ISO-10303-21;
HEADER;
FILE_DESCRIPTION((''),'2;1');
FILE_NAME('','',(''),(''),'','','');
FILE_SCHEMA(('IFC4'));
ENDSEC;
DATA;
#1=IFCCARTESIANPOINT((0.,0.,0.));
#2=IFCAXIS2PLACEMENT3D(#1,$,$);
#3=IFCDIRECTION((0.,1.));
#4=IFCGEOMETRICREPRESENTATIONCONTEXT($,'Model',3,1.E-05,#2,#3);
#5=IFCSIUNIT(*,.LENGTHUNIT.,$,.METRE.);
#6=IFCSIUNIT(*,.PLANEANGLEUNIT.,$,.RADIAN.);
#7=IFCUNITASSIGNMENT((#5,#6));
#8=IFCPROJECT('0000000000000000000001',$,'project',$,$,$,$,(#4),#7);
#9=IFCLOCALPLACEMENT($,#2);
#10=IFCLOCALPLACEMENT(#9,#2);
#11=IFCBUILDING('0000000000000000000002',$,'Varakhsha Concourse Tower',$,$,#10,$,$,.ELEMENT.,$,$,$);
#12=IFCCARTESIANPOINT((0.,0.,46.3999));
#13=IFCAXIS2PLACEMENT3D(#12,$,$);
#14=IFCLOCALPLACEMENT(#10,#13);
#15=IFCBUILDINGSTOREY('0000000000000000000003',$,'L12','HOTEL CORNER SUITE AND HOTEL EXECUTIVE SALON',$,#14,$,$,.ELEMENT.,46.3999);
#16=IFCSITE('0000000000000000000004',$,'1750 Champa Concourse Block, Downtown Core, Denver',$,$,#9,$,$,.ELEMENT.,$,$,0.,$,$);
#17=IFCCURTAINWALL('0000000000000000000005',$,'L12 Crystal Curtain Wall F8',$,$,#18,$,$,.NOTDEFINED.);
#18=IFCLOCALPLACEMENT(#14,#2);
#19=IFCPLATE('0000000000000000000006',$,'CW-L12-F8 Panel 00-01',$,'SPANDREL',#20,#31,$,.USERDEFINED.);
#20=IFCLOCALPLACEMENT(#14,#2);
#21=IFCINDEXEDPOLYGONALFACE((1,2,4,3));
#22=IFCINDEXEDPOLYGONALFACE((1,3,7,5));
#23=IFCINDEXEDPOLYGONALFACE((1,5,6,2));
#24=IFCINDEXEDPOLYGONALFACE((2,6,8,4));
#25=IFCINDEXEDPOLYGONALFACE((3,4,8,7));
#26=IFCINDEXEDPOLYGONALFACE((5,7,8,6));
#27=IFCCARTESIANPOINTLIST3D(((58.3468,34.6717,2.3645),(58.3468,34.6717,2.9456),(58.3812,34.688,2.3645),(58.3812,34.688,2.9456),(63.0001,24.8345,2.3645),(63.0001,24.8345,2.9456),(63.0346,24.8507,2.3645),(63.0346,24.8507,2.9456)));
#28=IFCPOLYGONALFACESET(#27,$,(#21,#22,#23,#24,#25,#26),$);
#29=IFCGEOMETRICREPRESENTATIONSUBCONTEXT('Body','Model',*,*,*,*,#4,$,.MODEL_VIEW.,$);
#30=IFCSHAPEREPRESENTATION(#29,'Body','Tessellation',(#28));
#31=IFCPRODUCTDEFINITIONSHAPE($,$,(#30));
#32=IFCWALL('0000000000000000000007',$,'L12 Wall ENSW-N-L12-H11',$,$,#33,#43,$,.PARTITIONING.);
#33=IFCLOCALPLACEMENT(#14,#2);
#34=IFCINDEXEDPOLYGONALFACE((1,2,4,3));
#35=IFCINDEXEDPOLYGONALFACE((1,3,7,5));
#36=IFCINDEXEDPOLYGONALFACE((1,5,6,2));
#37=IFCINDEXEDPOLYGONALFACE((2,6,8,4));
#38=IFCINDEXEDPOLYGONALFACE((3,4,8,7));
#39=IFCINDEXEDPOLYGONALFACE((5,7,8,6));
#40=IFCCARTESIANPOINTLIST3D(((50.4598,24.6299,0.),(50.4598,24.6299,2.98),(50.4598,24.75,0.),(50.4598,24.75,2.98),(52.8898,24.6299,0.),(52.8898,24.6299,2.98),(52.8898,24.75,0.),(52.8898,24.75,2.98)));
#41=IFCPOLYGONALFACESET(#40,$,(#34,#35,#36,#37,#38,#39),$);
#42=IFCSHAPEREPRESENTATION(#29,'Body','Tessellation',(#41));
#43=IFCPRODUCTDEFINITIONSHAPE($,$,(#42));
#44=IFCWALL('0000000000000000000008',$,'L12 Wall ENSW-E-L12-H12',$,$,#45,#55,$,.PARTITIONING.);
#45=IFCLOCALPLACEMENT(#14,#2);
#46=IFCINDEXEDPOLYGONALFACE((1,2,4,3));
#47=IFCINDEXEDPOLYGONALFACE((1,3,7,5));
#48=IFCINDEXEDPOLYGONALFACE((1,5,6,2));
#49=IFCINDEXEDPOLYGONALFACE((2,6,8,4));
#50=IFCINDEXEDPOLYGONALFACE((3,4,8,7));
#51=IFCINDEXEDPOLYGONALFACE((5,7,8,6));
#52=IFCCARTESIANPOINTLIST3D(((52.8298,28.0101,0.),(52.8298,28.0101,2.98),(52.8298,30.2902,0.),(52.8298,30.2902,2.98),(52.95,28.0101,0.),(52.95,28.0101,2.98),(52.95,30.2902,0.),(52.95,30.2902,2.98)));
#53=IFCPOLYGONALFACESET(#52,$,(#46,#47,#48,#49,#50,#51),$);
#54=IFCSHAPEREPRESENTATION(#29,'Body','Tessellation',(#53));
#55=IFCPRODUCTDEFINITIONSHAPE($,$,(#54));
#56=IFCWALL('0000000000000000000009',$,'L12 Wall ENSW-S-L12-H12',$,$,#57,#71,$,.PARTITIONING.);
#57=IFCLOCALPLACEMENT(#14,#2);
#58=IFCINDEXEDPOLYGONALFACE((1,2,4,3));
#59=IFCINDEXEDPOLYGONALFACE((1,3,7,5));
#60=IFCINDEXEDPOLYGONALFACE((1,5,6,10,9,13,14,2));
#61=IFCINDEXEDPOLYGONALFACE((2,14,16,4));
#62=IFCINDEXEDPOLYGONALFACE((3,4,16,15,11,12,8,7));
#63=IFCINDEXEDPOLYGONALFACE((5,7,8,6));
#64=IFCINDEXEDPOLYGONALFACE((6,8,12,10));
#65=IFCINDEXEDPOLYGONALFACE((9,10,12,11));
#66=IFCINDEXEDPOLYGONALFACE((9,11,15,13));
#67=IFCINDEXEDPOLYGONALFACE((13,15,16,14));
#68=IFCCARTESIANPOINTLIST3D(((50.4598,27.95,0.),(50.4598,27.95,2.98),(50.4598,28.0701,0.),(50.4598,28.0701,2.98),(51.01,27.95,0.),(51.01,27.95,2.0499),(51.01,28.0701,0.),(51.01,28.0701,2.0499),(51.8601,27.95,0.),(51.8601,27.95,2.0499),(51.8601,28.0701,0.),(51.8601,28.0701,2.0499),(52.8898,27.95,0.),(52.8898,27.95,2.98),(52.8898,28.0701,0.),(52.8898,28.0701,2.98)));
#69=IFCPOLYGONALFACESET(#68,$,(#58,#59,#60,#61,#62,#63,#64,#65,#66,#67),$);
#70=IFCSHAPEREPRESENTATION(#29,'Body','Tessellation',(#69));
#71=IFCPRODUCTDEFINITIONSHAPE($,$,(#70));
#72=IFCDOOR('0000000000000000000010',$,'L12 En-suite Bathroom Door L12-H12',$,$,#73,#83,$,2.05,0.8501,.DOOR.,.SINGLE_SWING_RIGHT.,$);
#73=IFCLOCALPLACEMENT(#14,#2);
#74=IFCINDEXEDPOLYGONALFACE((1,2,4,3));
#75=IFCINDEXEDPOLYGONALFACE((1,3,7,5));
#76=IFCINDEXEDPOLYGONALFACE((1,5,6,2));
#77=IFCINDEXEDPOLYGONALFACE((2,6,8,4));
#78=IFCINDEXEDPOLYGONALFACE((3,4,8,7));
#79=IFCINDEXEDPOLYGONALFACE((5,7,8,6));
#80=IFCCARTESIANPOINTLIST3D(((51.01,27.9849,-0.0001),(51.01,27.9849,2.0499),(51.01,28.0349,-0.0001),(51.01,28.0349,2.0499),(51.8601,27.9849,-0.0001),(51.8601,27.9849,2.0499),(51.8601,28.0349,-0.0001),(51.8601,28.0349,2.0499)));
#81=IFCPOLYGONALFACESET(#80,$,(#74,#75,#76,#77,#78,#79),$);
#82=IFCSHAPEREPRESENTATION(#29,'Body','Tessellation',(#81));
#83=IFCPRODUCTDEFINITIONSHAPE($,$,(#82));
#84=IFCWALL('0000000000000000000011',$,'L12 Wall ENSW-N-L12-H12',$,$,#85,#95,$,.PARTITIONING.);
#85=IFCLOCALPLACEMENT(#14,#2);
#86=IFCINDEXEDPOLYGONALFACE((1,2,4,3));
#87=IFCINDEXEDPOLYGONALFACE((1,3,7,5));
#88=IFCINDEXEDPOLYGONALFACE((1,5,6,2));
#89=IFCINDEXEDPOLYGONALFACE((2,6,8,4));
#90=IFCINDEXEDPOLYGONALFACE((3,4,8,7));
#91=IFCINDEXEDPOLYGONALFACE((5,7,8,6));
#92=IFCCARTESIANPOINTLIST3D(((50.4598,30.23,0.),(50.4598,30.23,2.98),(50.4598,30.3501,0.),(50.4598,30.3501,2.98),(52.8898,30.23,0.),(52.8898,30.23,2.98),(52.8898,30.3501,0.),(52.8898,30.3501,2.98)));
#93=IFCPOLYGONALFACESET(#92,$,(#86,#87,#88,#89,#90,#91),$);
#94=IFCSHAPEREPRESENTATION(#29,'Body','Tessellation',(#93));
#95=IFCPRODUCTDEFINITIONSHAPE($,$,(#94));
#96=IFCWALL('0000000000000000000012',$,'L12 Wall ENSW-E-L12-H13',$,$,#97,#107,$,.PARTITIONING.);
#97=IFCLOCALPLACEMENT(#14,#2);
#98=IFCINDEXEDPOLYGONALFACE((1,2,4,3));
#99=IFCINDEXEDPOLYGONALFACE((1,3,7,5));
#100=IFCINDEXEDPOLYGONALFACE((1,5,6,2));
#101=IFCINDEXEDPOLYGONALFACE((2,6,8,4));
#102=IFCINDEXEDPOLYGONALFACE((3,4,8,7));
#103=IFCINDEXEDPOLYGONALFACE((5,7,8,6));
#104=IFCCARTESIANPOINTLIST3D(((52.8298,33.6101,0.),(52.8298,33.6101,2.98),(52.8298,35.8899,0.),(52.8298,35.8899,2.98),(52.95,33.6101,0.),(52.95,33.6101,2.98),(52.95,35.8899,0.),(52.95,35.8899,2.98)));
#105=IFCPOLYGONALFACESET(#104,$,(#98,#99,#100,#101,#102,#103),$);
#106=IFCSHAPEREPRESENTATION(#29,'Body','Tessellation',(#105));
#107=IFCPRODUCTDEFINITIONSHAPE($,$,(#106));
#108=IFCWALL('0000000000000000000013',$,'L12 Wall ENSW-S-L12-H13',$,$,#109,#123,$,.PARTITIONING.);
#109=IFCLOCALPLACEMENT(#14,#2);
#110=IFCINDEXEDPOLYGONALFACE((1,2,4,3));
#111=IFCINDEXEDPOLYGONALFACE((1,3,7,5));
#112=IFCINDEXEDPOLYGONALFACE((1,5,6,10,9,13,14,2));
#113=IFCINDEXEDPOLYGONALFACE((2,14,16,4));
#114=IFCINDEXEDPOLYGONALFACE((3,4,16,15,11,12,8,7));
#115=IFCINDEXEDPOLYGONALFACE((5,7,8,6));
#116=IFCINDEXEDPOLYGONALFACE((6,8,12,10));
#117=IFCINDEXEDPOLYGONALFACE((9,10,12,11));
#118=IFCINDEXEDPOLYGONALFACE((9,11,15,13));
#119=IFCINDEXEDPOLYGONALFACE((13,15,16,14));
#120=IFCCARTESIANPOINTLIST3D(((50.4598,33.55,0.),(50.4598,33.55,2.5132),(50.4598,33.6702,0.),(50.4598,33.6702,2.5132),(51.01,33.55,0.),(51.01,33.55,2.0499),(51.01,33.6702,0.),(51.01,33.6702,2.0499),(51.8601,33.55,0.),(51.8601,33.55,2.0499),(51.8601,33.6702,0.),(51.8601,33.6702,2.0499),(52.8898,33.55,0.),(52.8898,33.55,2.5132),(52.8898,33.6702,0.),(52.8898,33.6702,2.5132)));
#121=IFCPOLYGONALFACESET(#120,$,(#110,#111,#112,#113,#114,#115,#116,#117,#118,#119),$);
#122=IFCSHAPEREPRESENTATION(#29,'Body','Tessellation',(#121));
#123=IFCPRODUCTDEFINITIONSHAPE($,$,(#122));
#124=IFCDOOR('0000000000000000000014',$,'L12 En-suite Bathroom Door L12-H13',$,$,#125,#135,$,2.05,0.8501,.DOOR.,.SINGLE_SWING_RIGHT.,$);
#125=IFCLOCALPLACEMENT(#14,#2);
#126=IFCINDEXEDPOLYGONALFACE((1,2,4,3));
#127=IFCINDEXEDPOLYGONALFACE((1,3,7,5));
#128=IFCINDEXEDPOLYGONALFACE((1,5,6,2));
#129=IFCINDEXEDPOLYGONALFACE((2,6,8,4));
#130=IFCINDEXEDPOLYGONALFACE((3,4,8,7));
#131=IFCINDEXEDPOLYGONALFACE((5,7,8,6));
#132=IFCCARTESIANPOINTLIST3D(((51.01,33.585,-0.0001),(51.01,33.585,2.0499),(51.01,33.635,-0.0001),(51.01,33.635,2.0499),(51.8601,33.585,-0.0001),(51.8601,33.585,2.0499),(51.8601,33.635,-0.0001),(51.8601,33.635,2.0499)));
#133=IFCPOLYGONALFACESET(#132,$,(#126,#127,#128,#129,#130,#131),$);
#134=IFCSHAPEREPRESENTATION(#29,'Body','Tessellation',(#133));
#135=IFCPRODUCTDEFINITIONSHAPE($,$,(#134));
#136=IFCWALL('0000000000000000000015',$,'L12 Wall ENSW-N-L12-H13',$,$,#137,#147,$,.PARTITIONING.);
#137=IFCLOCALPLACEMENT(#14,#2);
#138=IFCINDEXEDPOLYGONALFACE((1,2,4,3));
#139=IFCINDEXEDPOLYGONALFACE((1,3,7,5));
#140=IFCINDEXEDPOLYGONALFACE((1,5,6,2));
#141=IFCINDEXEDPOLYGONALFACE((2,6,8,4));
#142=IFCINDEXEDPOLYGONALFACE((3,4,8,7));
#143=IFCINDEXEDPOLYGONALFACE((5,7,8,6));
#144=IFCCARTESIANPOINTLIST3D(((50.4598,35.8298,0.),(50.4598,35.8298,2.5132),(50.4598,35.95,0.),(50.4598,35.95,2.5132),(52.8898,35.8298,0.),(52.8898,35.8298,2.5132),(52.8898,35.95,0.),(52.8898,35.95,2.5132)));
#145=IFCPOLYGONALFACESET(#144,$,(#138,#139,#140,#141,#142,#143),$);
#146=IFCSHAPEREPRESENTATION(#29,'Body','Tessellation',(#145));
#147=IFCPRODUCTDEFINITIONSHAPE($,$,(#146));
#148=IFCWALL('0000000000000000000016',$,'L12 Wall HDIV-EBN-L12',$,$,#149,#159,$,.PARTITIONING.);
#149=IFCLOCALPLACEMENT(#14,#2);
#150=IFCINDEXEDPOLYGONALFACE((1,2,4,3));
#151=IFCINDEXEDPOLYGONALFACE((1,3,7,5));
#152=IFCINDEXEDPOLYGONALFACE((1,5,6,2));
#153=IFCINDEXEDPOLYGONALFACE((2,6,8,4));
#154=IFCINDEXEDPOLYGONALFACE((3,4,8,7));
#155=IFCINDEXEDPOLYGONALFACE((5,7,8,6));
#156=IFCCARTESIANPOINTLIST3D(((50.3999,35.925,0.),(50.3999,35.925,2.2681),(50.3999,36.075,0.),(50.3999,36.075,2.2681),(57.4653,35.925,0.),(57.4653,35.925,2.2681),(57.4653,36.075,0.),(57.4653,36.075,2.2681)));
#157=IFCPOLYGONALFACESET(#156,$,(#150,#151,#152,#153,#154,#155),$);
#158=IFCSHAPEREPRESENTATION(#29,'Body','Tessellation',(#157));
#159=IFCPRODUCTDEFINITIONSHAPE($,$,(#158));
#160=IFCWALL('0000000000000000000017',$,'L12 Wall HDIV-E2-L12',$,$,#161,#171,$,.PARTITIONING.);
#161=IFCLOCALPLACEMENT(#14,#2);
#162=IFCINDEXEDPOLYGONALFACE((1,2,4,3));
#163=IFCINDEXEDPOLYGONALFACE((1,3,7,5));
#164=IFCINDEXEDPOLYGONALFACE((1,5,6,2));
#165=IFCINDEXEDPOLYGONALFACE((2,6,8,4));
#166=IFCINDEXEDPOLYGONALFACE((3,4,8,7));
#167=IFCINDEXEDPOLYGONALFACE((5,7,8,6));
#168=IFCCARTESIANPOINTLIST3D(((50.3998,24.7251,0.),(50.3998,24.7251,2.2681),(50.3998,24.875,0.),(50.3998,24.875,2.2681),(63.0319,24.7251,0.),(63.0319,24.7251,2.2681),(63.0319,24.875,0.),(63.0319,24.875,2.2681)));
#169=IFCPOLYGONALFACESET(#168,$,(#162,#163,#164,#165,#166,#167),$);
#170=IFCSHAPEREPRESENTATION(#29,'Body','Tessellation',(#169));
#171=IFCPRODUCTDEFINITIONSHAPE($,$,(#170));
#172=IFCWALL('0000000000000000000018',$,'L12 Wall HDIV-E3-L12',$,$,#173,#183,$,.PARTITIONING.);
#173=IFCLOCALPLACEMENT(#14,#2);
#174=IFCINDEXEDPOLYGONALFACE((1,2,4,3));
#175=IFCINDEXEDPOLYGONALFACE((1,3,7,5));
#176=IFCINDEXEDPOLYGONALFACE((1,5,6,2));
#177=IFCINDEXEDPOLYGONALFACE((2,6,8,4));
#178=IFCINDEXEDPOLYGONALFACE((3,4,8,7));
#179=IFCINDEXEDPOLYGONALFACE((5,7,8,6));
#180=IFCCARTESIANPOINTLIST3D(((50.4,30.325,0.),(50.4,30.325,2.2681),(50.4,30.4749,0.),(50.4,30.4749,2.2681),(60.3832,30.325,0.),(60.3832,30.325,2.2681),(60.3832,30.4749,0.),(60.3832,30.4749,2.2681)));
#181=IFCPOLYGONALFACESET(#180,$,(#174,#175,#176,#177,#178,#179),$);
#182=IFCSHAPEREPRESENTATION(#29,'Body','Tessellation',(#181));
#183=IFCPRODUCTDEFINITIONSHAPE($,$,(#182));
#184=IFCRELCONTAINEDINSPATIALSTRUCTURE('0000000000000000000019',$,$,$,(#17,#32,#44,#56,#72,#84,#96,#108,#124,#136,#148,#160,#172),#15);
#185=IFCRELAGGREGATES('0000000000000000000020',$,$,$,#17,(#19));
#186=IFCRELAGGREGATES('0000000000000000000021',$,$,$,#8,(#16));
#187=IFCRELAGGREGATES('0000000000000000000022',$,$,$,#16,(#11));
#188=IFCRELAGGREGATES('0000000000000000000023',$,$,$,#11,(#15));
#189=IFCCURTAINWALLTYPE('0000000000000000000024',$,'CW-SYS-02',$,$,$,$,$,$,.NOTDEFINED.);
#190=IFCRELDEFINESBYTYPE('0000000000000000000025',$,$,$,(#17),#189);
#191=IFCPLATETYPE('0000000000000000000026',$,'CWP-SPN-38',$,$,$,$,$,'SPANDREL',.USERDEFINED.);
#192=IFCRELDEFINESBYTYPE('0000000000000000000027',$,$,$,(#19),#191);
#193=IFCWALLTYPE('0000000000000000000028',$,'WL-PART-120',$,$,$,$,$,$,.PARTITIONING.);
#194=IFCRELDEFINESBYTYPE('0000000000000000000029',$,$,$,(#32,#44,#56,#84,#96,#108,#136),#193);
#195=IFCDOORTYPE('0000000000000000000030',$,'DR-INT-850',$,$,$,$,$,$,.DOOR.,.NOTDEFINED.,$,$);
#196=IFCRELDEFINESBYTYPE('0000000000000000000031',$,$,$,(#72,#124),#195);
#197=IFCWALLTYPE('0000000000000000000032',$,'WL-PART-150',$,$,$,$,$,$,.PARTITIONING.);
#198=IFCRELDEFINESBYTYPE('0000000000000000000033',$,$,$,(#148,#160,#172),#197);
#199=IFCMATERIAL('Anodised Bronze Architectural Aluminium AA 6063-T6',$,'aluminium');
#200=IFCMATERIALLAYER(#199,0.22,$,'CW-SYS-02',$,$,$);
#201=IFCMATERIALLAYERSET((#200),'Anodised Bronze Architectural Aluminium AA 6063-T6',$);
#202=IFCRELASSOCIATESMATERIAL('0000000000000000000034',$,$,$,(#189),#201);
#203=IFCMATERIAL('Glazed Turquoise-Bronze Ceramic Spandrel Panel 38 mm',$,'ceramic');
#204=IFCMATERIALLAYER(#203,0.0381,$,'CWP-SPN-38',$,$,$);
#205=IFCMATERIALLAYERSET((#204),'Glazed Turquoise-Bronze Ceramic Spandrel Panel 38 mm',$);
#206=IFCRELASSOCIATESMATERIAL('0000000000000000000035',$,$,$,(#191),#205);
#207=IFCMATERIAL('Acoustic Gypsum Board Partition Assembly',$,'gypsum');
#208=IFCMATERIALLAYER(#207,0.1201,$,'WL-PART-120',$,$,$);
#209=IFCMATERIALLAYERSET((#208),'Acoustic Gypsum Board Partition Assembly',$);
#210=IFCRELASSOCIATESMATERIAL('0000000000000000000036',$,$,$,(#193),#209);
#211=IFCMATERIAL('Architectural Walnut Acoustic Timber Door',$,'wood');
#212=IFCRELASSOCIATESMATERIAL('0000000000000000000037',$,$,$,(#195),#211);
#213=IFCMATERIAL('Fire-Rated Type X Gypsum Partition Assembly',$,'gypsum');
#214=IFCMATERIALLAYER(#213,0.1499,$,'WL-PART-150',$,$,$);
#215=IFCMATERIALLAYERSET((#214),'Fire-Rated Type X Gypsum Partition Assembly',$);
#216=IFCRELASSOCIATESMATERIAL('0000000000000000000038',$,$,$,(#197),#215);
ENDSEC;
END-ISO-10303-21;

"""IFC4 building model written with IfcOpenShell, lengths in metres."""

from ifc_helpers import new_model, si_unit, direction, frame, frame_2d, origin, origin_2d, place, context, subcontext, project, spatial, rectangle, extrude, source, transform, mapped, material, layer, layer_set, type_object, type_shapes, element, fill, aggregate, save


model = new_model("IFC4")

# Units and contexts
model_context = context("Model", 3, precision=1e-05, world=origin(), true_north=direction((0.0, 1.0)))
body_context = subcontext(model_context, "Body", "Model", "MODEL_VIEW")
ifc_project = project(units=[si_unit("LENGTHUNIT", "METRE"), si_unit("PLANEANGLEUNIT", "RADIAN")], contexts=[model_context])

# Site, building, storey
site_placement = place(None, origin())
site = spatial("IfcSite", under=ifc_project, at=site_placement, Name="1750 Champa Concourse Block, Downtown Core, Denver", CompositionType="ELEMENT", RefElevation=0.0)
building_placement = place(site_placement, origin())
building = spatial("IfcBuilding", under=site, at=building_placement, Name="Varakhsha Concourse Tower", CompositionType="ELEMENT")
storey_placement = place(building_placement, frame((0.0, 0.0, 46.3999)))
storey = spatial("IfcBuildingStorey", under=building, at=storey_placement, Name="L12", Description="HOTEL CORNER SUITE AND HOTEL EXECUTIVE SALON", CompositionType="ELEMENT", Elevation=46.3999)

# Curtain wall
ifc_material_1 = material(Name="Anodised Bronze Architectural Aluminium AA 6063-T6", Category="aluminium")
ifc_layer_1 = layer(ifc_material_1, 0.22, Name="CW-SYS-02")
ifc_layer_set_1 = layer_set([ifc_layer_1], Name="Anodised Bronze Architectural Aluminium AA 6063-T6")
curtain_wall_type = type_object("IfcCurtainWallType", Name="CW-SYS-02", PredefinedType="NOTDEFINED", material=ifc_layer_set_1)
curtain_wall_1_placement = place(storey_placement, origin())
curtain_wall_1 = element("IfcCurtainWall", 1, at=curtain_wall_1_placement, inside=storey, type_object=curtain_wall_type, Name="L12 Crystal Curtain Wall F8", PredefinedType="NOTDEFINED")

# Plate
ifc_material_2 = material(Name="Glazed Turquoise-Bronze Ceramic Spandrel Panel 38 mm", Category="ceramic")
ifc_layer_2 = layer(ifc_material_2, 0.0381, Name="CWP-SPN-38")
ifc_layer_set_2 = layer_set([ifc_layer_2], Name="Glazed Turquoise-Bronze Ceramic Spandrel Panel 38 mm")
plate_type_1 = type_object("IfcPlateType", Name="CWP-SPN-38", ElementType="SPANDREL", PredefinedType="USERDEFINED", material=ifc_layer_set_2)
shared_shape_1 = source(origin(), body_context, "Body", "SweptSolid", [
    extrude(rectangle(XDim=10.8823, YDim=0.0381, at=origin_2d()), origin(), (0.0, 0.0, 1.0), 0.5811),
])
type_shapes(plate_type_1, [shared_shape_1])
plate_1_placement = place(storey_placement, frame((60.6907, 29.7612, 2.3645), z_axis=(0.0, 0.0, 1.0), x_axis=(0.427604, -0.903966, 0.0)))
plate_1 = element("IfcPlate", 2, at=plate_1_placement, type_object=plate_type_1, Name="CW-L12-F8 Panel 00-01", ObjectType="SPANDREL", PredefinedType="USERDEFINED", context=body_context, shape_type="MappedRepresentation", body=[
    mapped(shared_shape_1, transform((0.0, 0.0, 0.0), scale=1.0)),
])
aggregate(curtain_wall_1, [plate_1])

# Walls
ifc_material_3 = material(Name="Acoustic Gypsum Board Partition Assembly", Category="gypsum")
ifc_layer_3 = layer(ifc_material_3, 0.1201, Name="WL-PART-120")
ifc_layer_set_3 = layer_set([ifc_layer_3], Name="Acoustic Gypsum Board Partition Assembly")
wall_type_1 = type_object("IfcWallType", Name="WL-PART-120", PredefinedType="PARTITIONING", material=ifc_layer_set_3)
wall_1_placement = place(storey_placement, frame((50.46, 24.6899, 0.0), z_axis=(0.0, 0.0, 1.0), x_axis=(1.0, 0.0, 0.0)))
element("IfcWall", 3, at=wall_1_placement, inside=storey, type_object=wall_type_1, Name="L12 Wall ENSW-N-L12-H11", PredefinedType="PARTITIONING", context=body_context, shape_type="SweptSolid", body=[
    extrude(rectangle(XDim=2.4299, YDim=0.1201, at=frame_2d((1.2148, 0.0))), origin(), (0.0, 0.0, 1.0), 2.98),
])
wall_2_placement = place(storey_placement, frame((52.8899, 28.01, 0.0), z_axis=(0.0, 0.0, 1.0), x_axis=(0.0, 1.0, 0.0)))
element("IfcWall", 4, at=wall_2_placement, inside=storey, type_object=wall_type_1, Name="L12 Wall ENSW-E-L12-H12", PredefinedType="PARTITIONING", context=body_context, shape_type="SweptSolid", body=[
    extrude(rectangle(XDim=2.28, YDim=0.1201, at=frame_2d((1.1401, 0.0))), origin(), (0.0, 0.0, 1.0), 2.98),
])

# Wall, opening, door
wall_3_placement = place(storey_placement, frame((50.46, 28.01, 0.0), z_axis=(0.0, 0.0, 1.0), x_axis=(1.0, 0.0, 0.0)))
wall_3 = element("IfcWall", 5, at=wall_3_placement, inside=storey, type_object=wall_type_1, Name="L12 Wall ENSW-S-L12-H12", PredefinedType="PARTITIONING", context=body_context, shape_type="SweptSolid", body=[
    extrude(rectangle(XDim=2.4299, YDim=0.1201, at=frame_2d((1.2148, 0.0))), origin(), (0.0, 0.0, 1.0), 2.98),
])
opening_1_placement = place(wall_3_placement, frame((0.55, 0.0, 0.0)))
opening_1 = element("IfcOpeningElement", 6, at=opening_1_placement, cuts=wall_3, PredefinedType="OPENING", context=body_context, shape_type="SweptSolid", body=[
    extrude(rectangle(XDim=0.8501, YDim=2.05, at=frame_2d((0.425, 1.0249))), frame((0.0, 0.0701, 0.0), z_axis=(0.0, -1.0, 0.0), x_axis=(1.0, 0.0, 0.0)), (0.0, 0.0, 1.0), 0.1401),
])
ifc_material_4 = material(Name="Architectural Walnut Acoustic Timber Door", Category="wood")
door_type = type_object("IfcDoorType", Name="DR-INT-850", OperationType="NOTDEFINED", PredefinedType="DOOR", material=ifc_material_4)
door_1_placement = place(opening_1_placement, origin())
door_1 = element("IfcDoor", 7, at=door_1_placement, inside=storey, type_object=door_type, Name="L12 En-suite Bathroom Door L12-H12", OperationType="SINGLE_SWING_RIGHT", OverallHeight=2.05, OverallWidth=0.8501, PredefinedType="DOOR", context=body_context, shape_type="SweptSolid", body=[
    extrude(rectangle(XDim=0.8501, YDim=2.05, at=frame_2d((0.425, 1.0249))), frame((0.0, 0.0249, 0.0), z_axis=(0.0, -1.0, 0.0), x_axis=(1.0, 0.0, 0.0)), (0.0, 0.0, 1.0), 0.05),
])
fill(opening_1, door_1)

# Walls
wall_4_placement = place(storey_placement, frame((50.46, 30.29, 0.0), z_axis=(0.0, 0.0, 1.0), x_axis=(1.0, 0.0, 0.0)))
element("IfcWall", 8, at=wall_4_placement, inside=storey, type_object=wall_type_1, Name="L12 Wall ENSW-N-L12-H12", PredefinedType="PARTITIONING", context=body_context, shape_type="SweptSolid", body=[
    extrude(rectangle(XDim=2.4299, YDim=0.1201, at=frame_2d((1.2148, 0.0))), origin(), (0.0, 0.0, 1.0), 2.98),
])
wall_5_placement = place(storey_placement, frame((52.8899, 33.6101, 0.0), z_axis=(0.0, 0.0, 1.0), x_axis=(0.0, 1.0, 0.0)))
element("IfcWall", 9, at=wall_5_placement, inside=storey, type_object=wall_type_1, Name="L12 Wall ENSW-E-L12-H13", PredefinedType="PARTITIONING", context=body_context, shape_type="SweptSolid", body=[
    extrude(rectangle(XDim=2.2798, YDim=0.1201, at=frame_2d((1.1399, 0.0))), origin(), (0.0, 0.0, 1.0), 2.98),
])

# Wall, opening, door
wall_6_placement = place(storey_placement, frame((50.46, 33.6101, 0.0), z_axis=(0.0, 0.0, 1.0), x_axis=(1.0, 0.0, 0.0)))
wall_6 = element("IfcWall", 10, at=wall_6_placement, inside=storey, type_object=wall_type_1, Name="L12 Wall ENSW-S-L12-H13", PredefinedType="PARTITIONING", context=body_context, shape_type="SweptSolid", body=[
    extrude(rectangle(XDim=2.4299, YDim=0.1201, at=frame_2d((1.2148, 0.0))), origin(), (0.0, 0.0, 1.0), 2.5132),
])
opening_2_placement = place(wall_6_placement, frame((0.55, 0.0, 0.0)))
opening_2 = element("IfcOpeningElement", 11, at=opening_2_placement, cuts=wall_6, PredefinedType="OPENING", context=body_context, shape_type="SweptSolid", body=[
    extrude(rectangle(XDim=0.8501, YDim=2.05, at=frame_2d((0.425, 1.0249))), frame((0.0, 0.0701, 0.0), z_axis=(0.0, -1.0, 0.0), x_axis=(1.0, 0.0, 0.0)), (0.0, 0.0, 1.0), 0.1401),
])
door_2_placement = place(opening_2_placement, origin())
door_2 = element("IfcDoor", 12, at=door_2_placement, inside=storey, type_object=door_type, Name="L12 En-suite Bathroom Door L12-H13", OperationType="SINGLE_SWING_RIGHT", OverallHeight=2.05, OverallWidth=0.8501, PredefinedType="DOOR", context=body_context, shape_type="SweptSolid", body=[
    extrude(rectangle(XDim=0.8501, YDim=2.05, at=frame_2d((0.425, 1.0249))), frame((0.0, 0.0249, 0.0), z_axis=(0.0, -1.0, 0.0), x_axis=(1.0, 0.0, 0.0)), (0.0, 0.0, 1.0), 0.05),
])
fill(opening_2, door_2)

# Walls
wall_7_placement = place(storey_placement, frame((50.46, 35.8899, 0.0), z_axis=(0.0, 0.0, 1.0), x_axis=(1.0, 0.0, 0.0)))
element("IfcWall", 13, at=wall_7_placement, inside=storey, type_object=wall_type_1, Name="L12 Wall ENSW-N-L12-H13", PredefinedType="PARTITIONING", context=body_context, shape_type="SweptSolid", body=[
    extrude(rectangle(XDim=2.4299, YDim=0.1201, at=frame_2d((1.2148, 0.0))), origin(), (0.0, 0.0, 1.0), 2.5132),
])
ifc_material_5 = material(Name="Fire-Rated Type X Gypsum Partition Assembly", Category="gypsum")
ifc_layer_4 = layer(ifc_material_5, 0.1499, Name="WL-PART-150")
ifc_layer_set_4 = layer_set([ifc_layer_4], Name="Fire-Rated Type X Gypsum Partition Assembly")
wall_type_2 = type_object("IfcWallType", Name="WL-PART-150", PredefinedType="PARTITIONING", material=ifc_layer_set_4)
wall_8_placement = place(storey_placement, frame((50.3999, 36.0, 0.0), z_axis=(0.0, 0.0, 1.0), x_axis=(1.0, 0.0, 0.0)))
element("IfcWall", 14, at=wall_8_placement, inside=storey, type_object=wall_type_2, Name="L12 Wall HDIV-EBN-L12", PredefinedType="PARTITIONING", context=body_context, shape_type="SweptSolid", body=[
    extrude(rectangle(XDim=7.0654, YDim=0.1499, at=frame_2d((3.5327, 0.0))), origin(), (0.0, 0.0, 1.0), 2.2681),
])
wall_9_placement = place(storey_placement, frame((50.3999, 24.8, 0.0), z_axis=(0.0, 0.0, 1.0), x_axis=(1.0, 0.0, 0.0)))
element("IfcWall", 15, at=wall_9_placement, inside=storey, type_object=wall_type_2, Name="L12 Wall HDIV-E2-L12", PredefinedType="PARTITIONING", context=body_context, shape_type="SweptSolid", body=[
    extrude(rectangle(XDim=12.6321, YDim=0.1499, at=frame_2d((6.3159, 0.0))), origin(), (0.0, 0.0, 1.0), 2.2681),
])
wall_10_placement = place(storey_placement, frame((50.3999, 30.3999, 0.0), z_axis=(0.0, 0.0, 1.0), x_axis=(1.0, 0.0, 0.0)))
element("IfcWall", 16, at=wall_10_placement, inside=storey, type_object=wall_type_2, Name="L12 Wall HDIV-E3-L12", PredefinedType="PARTITIONING", context=body_context, shape_type="SweptSolid", body=[
    extrude(rectangle(XDim=9.9832, YDim=0.1499, at=frame_2d((4.9917, 0.0))), origin(), (0.0, 0.0, 1.0), 2.2681),
])

save(model, "model.ifc")
